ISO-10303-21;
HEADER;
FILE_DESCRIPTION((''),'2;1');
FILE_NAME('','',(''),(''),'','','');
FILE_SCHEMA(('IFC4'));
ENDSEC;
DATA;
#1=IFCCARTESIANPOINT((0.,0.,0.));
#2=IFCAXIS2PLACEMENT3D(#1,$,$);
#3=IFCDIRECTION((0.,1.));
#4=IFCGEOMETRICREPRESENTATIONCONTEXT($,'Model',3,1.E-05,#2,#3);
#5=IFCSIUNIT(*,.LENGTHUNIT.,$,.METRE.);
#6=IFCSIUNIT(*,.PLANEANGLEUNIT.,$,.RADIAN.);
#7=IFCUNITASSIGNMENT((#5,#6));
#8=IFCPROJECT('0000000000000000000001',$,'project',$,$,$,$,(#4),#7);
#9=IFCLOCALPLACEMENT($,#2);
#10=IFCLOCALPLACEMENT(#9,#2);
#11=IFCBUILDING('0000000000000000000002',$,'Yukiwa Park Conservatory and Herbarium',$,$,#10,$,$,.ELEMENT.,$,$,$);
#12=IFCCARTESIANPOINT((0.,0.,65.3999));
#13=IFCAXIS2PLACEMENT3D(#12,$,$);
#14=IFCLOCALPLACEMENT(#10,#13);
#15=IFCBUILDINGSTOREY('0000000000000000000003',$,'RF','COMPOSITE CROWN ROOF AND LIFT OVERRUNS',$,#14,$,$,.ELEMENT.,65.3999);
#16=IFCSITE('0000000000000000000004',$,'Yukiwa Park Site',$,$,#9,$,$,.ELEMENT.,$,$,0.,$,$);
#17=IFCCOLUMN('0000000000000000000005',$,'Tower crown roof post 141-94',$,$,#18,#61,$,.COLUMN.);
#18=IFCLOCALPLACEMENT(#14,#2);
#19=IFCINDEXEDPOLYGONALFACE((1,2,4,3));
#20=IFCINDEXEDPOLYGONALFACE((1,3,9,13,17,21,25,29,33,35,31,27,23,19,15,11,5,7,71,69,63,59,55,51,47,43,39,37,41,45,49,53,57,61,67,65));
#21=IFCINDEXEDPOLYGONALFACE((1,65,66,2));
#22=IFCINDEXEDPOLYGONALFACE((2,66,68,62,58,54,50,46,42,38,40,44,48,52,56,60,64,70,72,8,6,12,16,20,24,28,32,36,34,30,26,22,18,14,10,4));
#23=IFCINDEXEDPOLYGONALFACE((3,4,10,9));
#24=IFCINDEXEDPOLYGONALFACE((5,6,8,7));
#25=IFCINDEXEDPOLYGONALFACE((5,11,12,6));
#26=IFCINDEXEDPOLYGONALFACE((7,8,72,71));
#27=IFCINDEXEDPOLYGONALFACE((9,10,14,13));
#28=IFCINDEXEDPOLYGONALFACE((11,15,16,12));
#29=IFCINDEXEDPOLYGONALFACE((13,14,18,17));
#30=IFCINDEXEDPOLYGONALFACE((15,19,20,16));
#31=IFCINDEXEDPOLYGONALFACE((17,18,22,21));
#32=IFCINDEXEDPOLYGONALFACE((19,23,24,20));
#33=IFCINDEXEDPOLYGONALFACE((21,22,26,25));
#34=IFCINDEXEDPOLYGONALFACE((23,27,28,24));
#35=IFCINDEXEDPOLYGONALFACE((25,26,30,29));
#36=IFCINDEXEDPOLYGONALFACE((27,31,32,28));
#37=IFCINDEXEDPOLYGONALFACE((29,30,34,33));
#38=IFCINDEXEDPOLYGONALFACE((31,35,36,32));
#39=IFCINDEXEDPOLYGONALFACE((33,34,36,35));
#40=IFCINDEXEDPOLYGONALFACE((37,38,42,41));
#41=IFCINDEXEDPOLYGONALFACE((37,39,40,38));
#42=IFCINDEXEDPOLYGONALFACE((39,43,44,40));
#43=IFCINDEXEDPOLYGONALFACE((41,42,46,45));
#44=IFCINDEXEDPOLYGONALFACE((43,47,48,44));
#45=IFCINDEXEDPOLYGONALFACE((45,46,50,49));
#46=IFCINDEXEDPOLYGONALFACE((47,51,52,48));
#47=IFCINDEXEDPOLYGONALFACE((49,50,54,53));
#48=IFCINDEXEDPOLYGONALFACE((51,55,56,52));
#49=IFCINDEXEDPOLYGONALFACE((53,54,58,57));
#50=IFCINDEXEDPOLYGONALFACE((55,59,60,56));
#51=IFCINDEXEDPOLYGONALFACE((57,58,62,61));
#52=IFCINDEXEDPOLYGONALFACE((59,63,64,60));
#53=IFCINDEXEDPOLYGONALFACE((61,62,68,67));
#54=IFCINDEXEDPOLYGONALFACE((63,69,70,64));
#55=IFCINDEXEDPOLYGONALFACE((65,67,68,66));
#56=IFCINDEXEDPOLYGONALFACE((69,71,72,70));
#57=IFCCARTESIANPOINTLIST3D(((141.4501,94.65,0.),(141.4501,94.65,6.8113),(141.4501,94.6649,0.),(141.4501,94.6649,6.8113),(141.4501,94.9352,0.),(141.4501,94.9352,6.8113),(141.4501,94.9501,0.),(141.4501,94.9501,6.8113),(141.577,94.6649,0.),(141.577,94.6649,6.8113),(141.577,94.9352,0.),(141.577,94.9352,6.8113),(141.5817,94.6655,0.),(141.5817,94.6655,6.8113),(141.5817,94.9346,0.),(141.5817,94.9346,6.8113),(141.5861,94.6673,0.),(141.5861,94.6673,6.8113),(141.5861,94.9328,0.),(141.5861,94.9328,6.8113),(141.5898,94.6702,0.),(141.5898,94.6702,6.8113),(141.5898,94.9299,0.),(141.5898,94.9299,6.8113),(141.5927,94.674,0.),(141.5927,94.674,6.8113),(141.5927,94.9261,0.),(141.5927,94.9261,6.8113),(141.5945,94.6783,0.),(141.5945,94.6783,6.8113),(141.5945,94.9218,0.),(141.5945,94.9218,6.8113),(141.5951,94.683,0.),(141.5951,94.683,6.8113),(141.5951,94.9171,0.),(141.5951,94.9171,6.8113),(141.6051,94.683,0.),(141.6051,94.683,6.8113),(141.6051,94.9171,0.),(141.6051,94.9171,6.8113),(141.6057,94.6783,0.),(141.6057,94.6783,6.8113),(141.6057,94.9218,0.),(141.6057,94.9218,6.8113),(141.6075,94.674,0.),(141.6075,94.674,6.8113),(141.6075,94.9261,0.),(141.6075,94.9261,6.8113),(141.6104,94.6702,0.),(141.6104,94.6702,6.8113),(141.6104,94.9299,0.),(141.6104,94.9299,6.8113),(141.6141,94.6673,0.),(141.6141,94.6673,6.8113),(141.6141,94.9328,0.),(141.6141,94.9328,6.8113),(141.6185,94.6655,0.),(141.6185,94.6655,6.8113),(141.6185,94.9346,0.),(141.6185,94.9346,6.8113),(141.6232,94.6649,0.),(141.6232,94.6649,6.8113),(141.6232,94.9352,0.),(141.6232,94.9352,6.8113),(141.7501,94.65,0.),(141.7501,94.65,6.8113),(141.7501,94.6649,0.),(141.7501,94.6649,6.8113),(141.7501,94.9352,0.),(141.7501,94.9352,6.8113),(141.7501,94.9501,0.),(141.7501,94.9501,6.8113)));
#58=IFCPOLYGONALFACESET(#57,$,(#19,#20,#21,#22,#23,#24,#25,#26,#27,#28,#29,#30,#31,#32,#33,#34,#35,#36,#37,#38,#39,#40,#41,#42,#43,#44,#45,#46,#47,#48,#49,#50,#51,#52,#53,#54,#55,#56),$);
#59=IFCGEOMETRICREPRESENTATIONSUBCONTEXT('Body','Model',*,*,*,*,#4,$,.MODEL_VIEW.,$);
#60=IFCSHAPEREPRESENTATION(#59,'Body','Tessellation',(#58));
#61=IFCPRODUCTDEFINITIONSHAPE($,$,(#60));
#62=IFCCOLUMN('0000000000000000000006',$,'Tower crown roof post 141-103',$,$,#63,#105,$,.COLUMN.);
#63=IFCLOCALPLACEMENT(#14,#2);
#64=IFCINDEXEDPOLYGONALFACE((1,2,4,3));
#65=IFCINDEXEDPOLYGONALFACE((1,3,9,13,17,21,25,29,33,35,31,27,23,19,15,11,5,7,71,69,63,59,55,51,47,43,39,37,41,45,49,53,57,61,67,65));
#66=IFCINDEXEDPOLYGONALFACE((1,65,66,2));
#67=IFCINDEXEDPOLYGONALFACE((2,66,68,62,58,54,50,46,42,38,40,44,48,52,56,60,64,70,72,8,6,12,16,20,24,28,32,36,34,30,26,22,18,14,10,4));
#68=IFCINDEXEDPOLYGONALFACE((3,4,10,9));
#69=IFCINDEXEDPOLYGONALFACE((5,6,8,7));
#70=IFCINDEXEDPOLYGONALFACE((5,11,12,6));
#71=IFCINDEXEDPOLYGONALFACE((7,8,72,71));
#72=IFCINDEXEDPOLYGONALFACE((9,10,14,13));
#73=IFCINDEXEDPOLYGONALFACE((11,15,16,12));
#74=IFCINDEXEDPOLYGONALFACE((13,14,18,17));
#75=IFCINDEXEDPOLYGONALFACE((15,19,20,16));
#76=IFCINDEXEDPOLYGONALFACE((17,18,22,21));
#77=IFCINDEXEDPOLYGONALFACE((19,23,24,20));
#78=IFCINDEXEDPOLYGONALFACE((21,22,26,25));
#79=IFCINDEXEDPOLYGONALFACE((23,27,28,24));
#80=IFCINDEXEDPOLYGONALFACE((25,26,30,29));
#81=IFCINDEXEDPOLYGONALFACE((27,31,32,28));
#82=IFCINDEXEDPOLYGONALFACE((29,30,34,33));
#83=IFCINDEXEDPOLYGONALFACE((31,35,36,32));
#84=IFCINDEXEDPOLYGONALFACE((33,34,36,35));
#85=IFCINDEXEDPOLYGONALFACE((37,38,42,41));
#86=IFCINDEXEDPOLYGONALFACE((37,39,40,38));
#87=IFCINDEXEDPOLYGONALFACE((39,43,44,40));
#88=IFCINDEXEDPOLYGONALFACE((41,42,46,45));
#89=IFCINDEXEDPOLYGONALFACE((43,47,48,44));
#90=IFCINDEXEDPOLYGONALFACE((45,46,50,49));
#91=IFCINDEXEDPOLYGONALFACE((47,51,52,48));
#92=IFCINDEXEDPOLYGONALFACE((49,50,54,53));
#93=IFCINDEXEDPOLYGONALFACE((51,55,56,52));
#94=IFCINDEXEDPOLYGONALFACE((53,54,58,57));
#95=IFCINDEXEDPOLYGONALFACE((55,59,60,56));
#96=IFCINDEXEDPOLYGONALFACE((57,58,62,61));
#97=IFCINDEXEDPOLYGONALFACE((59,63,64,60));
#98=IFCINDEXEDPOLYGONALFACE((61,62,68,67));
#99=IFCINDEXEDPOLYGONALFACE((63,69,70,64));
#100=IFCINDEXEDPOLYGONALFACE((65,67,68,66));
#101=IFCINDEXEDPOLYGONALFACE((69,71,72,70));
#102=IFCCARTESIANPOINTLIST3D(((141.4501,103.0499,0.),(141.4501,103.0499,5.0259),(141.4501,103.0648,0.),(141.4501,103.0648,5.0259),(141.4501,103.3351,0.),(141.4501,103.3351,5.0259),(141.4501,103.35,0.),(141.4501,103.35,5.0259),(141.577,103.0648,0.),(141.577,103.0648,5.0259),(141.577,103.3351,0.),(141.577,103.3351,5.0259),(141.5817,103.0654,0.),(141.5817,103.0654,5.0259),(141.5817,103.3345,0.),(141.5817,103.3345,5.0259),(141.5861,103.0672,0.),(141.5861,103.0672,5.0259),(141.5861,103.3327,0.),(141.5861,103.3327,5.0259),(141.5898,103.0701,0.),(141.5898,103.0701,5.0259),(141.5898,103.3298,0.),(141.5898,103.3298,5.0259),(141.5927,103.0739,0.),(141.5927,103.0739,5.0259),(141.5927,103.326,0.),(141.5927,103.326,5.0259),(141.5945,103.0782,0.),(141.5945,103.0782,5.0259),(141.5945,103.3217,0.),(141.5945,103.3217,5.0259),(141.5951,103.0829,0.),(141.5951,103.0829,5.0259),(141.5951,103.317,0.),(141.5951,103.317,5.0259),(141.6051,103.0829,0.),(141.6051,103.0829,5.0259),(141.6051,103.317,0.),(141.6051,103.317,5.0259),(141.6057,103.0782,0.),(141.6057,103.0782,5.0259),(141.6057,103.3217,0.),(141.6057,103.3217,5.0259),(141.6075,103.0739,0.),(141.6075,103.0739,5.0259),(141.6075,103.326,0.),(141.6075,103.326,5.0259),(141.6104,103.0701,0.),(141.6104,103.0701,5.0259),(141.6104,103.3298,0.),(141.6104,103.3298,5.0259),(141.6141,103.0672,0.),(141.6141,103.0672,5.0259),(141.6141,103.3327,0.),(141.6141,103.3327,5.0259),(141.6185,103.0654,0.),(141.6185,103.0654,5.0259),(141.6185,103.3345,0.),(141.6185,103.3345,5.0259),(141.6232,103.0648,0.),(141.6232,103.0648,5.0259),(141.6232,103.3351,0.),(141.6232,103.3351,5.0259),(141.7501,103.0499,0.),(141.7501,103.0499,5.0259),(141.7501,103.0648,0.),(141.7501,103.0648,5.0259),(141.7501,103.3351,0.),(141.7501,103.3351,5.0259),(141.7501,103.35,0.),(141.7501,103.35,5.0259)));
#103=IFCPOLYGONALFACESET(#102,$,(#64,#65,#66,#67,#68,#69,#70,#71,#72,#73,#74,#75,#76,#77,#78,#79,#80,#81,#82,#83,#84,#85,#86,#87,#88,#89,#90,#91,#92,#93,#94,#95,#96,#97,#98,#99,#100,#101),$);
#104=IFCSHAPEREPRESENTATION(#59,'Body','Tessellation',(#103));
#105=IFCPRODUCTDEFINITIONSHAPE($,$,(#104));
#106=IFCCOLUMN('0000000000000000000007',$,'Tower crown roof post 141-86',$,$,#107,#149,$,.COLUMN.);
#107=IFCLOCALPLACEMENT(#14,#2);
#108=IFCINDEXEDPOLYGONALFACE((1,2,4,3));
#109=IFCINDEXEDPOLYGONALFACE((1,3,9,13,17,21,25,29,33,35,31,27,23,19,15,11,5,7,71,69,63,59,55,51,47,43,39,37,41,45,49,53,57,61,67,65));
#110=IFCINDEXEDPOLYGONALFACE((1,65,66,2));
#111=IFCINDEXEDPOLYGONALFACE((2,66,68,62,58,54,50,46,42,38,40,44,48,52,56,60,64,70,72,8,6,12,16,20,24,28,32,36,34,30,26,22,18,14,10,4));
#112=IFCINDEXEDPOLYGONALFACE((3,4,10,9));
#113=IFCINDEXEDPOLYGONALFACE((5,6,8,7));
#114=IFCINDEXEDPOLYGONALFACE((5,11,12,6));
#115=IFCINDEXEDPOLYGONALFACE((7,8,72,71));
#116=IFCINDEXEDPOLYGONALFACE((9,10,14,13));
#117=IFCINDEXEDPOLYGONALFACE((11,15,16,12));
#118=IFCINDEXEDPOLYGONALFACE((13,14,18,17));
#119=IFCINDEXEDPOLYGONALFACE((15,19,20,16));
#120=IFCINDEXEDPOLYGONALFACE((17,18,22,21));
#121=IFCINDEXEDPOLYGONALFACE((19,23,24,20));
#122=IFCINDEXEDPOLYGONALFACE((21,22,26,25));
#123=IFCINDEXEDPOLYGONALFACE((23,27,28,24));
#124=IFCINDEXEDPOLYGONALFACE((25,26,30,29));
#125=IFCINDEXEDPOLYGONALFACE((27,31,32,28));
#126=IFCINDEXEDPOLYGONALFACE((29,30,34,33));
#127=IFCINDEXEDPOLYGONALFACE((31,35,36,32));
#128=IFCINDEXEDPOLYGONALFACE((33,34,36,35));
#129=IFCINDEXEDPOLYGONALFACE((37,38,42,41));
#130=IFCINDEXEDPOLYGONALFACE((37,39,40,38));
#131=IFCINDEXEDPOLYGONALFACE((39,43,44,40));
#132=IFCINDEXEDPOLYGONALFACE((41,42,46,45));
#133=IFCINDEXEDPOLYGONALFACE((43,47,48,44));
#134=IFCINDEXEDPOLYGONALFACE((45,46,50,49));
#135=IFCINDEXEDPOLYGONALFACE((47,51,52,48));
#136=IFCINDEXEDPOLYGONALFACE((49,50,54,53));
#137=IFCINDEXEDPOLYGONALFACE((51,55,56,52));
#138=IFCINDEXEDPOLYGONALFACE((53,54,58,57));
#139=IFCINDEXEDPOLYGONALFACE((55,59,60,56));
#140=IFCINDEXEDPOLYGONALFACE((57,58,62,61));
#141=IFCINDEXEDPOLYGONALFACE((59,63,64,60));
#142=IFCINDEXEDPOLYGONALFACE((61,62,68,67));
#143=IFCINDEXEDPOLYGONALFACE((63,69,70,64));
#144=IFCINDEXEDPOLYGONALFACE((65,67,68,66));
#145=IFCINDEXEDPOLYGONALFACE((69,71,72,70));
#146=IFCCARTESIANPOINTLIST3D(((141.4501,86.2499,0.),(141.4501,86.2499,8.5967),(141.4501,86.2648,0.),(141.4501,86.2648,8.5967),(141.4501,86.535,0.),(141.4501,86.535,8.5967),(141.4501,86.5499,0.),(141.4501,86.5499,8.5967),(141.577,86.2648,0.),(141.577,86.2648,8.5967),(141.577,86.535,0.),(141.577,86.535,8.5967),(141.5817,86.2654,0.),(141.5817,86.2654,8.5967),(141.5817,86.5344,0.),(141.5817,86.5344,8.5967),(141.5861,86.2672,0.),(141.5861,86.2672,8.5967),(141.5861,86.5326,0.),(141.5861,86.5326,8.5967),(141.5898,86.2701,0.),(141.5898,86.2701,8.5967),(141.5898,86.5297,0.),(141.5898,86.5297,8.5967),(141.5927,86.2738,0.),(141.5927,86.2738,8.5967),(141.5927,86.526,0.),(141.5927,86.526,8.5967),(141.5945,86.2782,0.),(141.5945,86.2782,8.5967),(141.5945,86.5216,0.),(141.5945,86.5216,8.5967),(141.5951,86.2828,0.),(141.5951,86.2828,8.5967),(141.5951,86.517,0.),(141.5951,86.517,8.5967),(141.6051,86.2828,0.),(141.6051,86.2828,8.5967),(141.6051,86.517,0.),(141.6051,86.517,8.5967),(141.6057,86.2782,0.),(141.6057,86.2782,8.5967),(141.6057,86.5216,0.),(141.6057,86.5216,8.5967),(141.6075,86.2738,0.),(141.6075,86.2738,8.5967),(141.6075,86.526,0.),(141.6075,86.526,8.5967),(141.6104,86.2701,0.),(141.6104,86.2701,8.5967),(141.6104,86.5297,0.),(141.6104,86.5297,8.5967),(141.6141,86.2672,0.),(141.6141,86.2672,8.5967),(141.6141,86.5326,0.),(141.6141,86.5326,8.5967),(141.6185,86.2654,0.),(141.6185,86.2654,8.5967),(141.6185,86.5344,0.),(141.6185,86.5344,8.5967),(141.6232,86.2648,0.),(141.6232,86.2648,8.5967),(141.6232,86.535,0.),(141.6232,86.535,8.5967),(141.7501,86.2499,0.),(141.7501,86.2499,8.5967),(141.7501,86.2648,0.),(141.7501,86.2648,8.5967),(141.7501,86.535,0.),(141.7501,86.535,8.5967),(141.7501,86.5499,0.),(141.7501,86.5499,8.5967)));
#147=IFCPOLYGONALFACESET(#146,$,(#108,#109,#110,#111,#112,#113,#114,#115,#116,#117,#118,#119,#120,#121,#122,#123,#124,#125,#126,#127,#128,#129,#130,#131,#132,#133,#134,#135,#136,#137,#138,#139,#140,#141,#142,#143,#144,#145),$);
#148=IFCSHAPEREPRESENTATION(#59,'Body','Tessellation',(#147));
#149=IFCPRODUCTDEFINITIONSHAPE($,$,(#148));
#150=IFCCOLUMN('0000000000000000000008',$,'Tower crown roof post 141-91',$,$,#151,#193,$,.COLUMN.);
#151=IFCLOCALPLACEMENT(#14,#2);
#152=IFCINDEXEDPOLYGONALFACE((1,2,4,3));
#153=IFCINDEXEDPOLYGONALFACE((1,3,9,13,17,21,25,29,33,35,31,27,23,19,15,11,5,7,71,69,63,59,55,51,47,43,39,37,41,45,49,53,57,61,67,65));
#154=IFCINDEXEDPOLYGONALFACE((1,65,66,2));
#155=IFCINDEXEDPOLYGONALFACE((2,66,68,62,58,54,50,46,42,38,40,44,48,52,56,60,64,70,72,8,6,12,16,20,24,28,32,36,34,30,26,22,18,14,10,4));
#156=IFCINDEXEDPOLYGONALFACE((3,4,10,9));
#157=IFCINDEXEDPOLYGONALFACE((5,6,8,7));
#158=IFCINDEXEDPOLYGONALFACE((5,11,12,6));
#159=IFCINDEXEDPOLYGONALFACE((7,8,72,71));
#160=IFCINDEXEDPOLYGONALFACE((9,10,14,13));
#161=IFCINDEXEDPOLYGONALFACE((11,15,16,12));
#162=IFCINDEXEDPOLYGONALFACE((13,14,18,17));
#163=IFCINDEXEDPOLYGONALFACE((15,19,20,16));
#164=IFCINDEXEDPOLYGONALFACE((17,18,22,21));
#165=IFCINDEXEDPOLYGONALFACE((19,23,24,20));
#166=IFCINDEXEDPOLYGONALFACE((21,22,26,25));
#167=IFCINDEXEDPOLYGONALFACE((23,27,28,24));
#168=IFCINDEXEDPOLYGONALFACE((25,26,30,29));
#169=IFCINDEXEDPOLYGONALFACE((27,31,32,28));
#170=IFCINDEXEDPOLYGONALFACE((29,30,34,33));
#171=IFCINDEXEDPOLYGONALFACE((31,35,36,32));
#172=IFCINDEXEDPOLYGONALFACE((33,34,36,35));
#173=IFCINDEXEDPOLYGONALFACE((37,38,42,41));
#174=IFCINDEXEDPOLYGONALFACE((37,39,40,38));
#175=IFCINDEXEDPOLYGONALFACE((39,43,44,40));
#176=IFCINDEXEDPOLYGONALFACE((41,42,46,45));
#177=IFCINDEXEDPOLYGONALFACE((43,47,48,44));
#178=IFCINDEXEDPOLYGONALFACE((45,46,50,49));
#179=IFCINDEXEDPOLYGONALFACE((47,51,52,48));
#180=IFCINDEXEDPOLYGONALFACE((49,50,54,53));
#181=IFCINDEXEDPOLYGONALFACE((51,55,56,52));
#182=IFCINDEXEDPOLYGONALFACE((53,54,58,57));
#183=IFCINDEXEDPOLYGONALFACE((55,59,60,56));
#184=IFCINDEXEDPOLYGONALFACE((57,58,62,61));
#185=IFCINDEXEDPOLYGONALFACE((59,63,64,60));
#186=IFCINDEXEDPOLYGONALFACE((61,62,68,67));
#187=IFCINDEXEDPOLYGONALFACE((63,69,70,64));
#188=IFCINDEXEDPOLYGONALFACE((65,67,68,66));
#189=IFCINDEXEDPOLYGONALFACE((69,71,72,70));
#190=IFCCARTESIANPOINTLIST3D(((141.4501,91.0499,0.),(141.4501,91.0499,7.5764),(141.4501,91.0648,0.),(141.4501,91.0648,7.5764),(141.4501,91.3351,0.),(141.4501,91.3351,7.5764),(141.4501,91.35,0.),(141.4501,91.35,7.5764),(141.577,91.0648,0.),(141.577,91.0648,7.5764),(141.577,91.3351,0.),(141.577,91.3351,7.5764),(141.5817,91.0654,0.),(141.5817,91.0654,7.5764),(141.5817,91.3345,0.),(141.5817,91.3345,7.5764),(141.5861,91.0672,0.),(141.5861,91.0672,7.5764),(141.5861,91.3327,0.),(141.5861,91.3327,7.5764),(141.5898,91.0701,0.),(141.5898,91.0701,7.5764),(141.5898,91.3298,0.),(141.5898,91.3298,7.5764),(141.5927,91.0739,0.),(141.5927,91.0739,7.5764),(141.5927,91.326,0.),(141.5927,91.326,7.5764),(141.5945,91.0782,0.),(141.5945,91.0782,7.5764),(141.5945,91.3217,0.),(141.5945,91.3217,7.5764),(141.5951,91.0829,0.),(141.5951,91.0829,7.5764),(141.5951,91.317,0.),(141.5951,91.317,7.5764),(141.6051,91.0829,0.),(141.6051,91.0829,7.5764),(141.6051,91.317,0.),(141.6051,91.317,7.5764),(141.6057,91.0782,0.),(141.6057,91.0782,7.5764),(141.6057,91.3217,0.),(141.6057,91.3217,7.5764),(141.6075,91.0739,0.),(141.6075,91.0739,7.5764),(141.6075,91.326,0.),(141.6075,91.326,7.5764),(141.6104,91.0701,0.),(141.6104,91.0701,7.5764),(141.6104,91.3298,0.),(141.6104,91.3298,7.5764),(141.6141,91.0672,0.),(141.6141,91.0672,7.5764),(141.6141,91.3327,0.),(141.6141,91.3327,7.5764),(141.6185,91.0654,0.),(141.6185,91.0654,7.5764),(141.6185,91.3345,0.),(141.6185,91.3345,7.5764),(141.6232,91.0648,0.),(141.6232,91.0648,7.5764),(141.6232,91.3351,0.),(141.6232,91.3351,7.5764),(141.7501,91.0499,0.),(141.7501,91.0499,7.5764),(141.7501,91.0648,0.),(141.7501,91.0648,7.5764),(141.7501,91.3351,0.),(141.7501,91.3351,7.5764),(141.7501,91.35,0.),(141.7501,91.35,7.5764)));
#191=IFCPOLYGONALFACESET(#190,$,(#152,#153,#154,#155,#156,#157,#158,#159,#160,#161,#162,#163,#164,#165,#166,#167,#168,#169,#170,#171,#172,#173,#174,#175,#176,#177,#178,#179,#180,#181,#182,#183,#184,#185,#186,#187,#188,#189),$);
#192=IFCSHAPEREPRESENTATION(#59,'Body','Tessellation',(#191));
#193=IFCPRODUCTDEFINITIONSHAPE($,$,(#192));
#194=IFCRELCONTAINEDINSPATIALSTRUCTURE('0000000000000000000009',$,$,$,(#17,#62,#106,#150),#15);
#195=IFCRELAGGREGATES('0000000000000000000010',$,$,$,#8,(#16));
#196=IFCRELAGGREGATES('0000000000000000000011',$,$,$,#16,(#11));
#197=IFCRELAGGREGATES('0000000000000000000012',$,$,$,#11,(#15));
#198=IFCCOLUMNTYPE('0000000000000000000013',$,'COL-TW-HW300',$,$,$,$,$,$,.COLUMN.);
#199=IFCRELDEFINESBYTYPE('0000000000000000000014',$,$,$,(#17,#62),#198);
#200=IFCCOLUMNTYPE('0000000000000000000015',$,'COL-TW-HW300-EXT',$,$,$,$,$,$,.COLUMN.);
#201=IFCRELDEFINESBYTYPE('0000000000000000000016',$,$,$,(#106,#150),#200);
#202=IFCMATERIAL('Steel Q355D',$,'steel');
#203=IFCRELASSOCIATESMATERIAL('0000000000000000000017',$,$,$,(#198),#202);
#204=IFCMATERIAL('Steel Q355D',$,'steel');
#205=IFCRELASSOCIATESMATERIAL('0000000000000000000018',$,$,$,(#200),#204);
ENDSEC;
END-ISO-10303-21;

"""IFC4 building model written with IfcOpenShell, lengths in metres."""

from ifc_helpers import new_model, si_unit, direction, frame, origin, origin_2d, place, context, subcontext, project, spatial, i_section, extrude, material, material_profile, profile_set, type_object, element, save


model = new_model("IFC4")

# Units and contexts
model_context = context("Model", 3, precision=1e-05, world=origin(), true_north=direction((0.0, 1.0)))
body_context = subcontext(model_context, "Body", "Model", "MODEL_VIEW")
ifc_project = project(units=[si_unit("LENGTHUNIT", "METRE"), si_unit("PLANEANGLEUNIT", "RADIAN")], contexts=[model_context])

# Site, building, storey
site_placement = place(None, origin())
site = spatial("IfcSite", under=ifc_project, at=site_placement, Name="Yukiwa Park Site", CompositionType="ELEMENT", RefElevation=0.0)
building_placement = place(site_placement, origin())
building = spatial("IfcBuilding", under=site, at=building_placement, Name="Yukiwa Park Conservatory and Herbarium", CompositionType="ELEMENT")
storey_placement = place(building_placement, frame((0.0, 0.0, 65.3999)))
storey = spatial("IfcBuildingStorey", under=building, at=storey_placement, Name="RF", Description="COMPOSITE CROWN ROOF AND LIFT OVERRUNS", CompositionType="ELEMENT", Elevation=65.3999)

# Columns
ifc_material_1 = material(Name="Steel Q355D", Category="steel")
ifc_material_profile_1 = material_profile(ifc_material_1, i_section(OverallWidth=0.3, OverallDepth=0.3, WebThickness=0.01, FlangeThickness=0.0149, FilletRadius=0.0181, at=origin_2d()), Name="HW 300x300x10x15")
ifc_profile_set_1 = profile_set([ifc_material_profile_1], Name="Steel Q355D")
column_type_1 = type_object("IfcColumnType", Name="COL-TW-HW300", PredefinedType="COLUMN", material=ifc_profile_set_1)
column_1_placement = place(storey_placement, frame((141.6001, 94.8, 0.0), z_axis=(0.0, 0.0, 1.0), x_axis=(1.0, 0.0, 0.0)))
element("IfcColumn", 1, at=column_1_placement, inside=storey, type_object=column_type_1, Name="Tower crown roof post 141-94", PredefinedType="COLUMN", context=body_context, shape_type="SweptSolid", body=[
    extrude(i_section(OverallWidth=0.3, OverallDepth=0.3, WebThickness=0.01, FlangeThickness=0.0149, FilletRadius=0.0181, at=origin_2d()), origin(), (0.0, 0.0, 1.0), 6.8113),
])
column_2_placement = place(storey_placement, frame((141.6001, 103.2, 0.0), z_axis=(0.0, 0.0, 1.0), x_axis=(1.0, 0.0, 0.0)))
element("IfcColumn", 2, at=column_2_placement, inside=storey, type_object=column_type_1, Name="Tower crown roof post 141-103", PredefinedType="COLUMN", context=body_context, shape_type="SweptSolid", body=[
    extrude(i_section(OverallWidth=0.3, OverallDepth=0.3, WebThickness=0.01, FlangeThickness=0.0149, FilletRadius=0.0181, at=origin_2d()), origin(), (0.0, 0.0, 1.0), 5.0259),
])
ifc_material_2 = material(Name="Steel Q355D", Category="steel")
ifc_material_profile_2 = material_profile(ifc_material_2, i_section(OverallWidth=0.3, OverallDepth=0.3, WebThickness=0.01, FlangeThickness=0.0149, FilletRadius=0.0181, at=origin_2d()), Name="HW 300x300x10x15")
ifc_profile_set_2 = profile_set([ifc_material_profile_2], Name="Steel Q355D")
column_type_2 = type_object("IfcColumnType", Name="COL-TW-HW300-EXT", PredefinedType="COLUMN", material=ifc_profile_set_2)
column_3_placement = place(storey_placement, frame((141.6001, 86.3999, 0.0), z_axis=(0.0, 0.0, 1.0), x_axis=(1.0, 0.0, 0.0)))
element("IfcColumn", 3, at=column_3_placement, inside=storey, type_object=column_type_2, Name="Tower crown roof post 141-86", PredefinedType="COLUMN", context=body_context, shape_type="SweptSolid", body=[
    extrude(i_section(OverallWidth=0.3, OverallDepth=0.3, WebThickness=0.01, FlangeThickness=0.0149, FilletRadius=0.0181, at=origin_2d()), origin(), (0.0, 0.0, 1.0), 8.5967),
])
column_4_placement = place(storey_placement, frame((141.6001, 91.2, 0.0), z_axis=(0.0, 0.0, 1.0), x_axis=(1.0, 0.0, 0.0)))
element("IfcColumn", 4, at=column_4_placement, inside=storey, type_object=column_type_2, Name="Tower crown roof post 141-91", PredefinedType="COLUMN", context=body_context, shape_type="SweptSolid", body=[
    extrude(i_section(OverallWidth=0.3, OverallDepth=0.3, WebThickness=0.01, FlangeThickness=0.0149, FilletRadius=0.0181, at=origin_2d()), origin(), (0.0, 0.0, 1.0), 7.5764),
])

save(model, "model.ifc")
